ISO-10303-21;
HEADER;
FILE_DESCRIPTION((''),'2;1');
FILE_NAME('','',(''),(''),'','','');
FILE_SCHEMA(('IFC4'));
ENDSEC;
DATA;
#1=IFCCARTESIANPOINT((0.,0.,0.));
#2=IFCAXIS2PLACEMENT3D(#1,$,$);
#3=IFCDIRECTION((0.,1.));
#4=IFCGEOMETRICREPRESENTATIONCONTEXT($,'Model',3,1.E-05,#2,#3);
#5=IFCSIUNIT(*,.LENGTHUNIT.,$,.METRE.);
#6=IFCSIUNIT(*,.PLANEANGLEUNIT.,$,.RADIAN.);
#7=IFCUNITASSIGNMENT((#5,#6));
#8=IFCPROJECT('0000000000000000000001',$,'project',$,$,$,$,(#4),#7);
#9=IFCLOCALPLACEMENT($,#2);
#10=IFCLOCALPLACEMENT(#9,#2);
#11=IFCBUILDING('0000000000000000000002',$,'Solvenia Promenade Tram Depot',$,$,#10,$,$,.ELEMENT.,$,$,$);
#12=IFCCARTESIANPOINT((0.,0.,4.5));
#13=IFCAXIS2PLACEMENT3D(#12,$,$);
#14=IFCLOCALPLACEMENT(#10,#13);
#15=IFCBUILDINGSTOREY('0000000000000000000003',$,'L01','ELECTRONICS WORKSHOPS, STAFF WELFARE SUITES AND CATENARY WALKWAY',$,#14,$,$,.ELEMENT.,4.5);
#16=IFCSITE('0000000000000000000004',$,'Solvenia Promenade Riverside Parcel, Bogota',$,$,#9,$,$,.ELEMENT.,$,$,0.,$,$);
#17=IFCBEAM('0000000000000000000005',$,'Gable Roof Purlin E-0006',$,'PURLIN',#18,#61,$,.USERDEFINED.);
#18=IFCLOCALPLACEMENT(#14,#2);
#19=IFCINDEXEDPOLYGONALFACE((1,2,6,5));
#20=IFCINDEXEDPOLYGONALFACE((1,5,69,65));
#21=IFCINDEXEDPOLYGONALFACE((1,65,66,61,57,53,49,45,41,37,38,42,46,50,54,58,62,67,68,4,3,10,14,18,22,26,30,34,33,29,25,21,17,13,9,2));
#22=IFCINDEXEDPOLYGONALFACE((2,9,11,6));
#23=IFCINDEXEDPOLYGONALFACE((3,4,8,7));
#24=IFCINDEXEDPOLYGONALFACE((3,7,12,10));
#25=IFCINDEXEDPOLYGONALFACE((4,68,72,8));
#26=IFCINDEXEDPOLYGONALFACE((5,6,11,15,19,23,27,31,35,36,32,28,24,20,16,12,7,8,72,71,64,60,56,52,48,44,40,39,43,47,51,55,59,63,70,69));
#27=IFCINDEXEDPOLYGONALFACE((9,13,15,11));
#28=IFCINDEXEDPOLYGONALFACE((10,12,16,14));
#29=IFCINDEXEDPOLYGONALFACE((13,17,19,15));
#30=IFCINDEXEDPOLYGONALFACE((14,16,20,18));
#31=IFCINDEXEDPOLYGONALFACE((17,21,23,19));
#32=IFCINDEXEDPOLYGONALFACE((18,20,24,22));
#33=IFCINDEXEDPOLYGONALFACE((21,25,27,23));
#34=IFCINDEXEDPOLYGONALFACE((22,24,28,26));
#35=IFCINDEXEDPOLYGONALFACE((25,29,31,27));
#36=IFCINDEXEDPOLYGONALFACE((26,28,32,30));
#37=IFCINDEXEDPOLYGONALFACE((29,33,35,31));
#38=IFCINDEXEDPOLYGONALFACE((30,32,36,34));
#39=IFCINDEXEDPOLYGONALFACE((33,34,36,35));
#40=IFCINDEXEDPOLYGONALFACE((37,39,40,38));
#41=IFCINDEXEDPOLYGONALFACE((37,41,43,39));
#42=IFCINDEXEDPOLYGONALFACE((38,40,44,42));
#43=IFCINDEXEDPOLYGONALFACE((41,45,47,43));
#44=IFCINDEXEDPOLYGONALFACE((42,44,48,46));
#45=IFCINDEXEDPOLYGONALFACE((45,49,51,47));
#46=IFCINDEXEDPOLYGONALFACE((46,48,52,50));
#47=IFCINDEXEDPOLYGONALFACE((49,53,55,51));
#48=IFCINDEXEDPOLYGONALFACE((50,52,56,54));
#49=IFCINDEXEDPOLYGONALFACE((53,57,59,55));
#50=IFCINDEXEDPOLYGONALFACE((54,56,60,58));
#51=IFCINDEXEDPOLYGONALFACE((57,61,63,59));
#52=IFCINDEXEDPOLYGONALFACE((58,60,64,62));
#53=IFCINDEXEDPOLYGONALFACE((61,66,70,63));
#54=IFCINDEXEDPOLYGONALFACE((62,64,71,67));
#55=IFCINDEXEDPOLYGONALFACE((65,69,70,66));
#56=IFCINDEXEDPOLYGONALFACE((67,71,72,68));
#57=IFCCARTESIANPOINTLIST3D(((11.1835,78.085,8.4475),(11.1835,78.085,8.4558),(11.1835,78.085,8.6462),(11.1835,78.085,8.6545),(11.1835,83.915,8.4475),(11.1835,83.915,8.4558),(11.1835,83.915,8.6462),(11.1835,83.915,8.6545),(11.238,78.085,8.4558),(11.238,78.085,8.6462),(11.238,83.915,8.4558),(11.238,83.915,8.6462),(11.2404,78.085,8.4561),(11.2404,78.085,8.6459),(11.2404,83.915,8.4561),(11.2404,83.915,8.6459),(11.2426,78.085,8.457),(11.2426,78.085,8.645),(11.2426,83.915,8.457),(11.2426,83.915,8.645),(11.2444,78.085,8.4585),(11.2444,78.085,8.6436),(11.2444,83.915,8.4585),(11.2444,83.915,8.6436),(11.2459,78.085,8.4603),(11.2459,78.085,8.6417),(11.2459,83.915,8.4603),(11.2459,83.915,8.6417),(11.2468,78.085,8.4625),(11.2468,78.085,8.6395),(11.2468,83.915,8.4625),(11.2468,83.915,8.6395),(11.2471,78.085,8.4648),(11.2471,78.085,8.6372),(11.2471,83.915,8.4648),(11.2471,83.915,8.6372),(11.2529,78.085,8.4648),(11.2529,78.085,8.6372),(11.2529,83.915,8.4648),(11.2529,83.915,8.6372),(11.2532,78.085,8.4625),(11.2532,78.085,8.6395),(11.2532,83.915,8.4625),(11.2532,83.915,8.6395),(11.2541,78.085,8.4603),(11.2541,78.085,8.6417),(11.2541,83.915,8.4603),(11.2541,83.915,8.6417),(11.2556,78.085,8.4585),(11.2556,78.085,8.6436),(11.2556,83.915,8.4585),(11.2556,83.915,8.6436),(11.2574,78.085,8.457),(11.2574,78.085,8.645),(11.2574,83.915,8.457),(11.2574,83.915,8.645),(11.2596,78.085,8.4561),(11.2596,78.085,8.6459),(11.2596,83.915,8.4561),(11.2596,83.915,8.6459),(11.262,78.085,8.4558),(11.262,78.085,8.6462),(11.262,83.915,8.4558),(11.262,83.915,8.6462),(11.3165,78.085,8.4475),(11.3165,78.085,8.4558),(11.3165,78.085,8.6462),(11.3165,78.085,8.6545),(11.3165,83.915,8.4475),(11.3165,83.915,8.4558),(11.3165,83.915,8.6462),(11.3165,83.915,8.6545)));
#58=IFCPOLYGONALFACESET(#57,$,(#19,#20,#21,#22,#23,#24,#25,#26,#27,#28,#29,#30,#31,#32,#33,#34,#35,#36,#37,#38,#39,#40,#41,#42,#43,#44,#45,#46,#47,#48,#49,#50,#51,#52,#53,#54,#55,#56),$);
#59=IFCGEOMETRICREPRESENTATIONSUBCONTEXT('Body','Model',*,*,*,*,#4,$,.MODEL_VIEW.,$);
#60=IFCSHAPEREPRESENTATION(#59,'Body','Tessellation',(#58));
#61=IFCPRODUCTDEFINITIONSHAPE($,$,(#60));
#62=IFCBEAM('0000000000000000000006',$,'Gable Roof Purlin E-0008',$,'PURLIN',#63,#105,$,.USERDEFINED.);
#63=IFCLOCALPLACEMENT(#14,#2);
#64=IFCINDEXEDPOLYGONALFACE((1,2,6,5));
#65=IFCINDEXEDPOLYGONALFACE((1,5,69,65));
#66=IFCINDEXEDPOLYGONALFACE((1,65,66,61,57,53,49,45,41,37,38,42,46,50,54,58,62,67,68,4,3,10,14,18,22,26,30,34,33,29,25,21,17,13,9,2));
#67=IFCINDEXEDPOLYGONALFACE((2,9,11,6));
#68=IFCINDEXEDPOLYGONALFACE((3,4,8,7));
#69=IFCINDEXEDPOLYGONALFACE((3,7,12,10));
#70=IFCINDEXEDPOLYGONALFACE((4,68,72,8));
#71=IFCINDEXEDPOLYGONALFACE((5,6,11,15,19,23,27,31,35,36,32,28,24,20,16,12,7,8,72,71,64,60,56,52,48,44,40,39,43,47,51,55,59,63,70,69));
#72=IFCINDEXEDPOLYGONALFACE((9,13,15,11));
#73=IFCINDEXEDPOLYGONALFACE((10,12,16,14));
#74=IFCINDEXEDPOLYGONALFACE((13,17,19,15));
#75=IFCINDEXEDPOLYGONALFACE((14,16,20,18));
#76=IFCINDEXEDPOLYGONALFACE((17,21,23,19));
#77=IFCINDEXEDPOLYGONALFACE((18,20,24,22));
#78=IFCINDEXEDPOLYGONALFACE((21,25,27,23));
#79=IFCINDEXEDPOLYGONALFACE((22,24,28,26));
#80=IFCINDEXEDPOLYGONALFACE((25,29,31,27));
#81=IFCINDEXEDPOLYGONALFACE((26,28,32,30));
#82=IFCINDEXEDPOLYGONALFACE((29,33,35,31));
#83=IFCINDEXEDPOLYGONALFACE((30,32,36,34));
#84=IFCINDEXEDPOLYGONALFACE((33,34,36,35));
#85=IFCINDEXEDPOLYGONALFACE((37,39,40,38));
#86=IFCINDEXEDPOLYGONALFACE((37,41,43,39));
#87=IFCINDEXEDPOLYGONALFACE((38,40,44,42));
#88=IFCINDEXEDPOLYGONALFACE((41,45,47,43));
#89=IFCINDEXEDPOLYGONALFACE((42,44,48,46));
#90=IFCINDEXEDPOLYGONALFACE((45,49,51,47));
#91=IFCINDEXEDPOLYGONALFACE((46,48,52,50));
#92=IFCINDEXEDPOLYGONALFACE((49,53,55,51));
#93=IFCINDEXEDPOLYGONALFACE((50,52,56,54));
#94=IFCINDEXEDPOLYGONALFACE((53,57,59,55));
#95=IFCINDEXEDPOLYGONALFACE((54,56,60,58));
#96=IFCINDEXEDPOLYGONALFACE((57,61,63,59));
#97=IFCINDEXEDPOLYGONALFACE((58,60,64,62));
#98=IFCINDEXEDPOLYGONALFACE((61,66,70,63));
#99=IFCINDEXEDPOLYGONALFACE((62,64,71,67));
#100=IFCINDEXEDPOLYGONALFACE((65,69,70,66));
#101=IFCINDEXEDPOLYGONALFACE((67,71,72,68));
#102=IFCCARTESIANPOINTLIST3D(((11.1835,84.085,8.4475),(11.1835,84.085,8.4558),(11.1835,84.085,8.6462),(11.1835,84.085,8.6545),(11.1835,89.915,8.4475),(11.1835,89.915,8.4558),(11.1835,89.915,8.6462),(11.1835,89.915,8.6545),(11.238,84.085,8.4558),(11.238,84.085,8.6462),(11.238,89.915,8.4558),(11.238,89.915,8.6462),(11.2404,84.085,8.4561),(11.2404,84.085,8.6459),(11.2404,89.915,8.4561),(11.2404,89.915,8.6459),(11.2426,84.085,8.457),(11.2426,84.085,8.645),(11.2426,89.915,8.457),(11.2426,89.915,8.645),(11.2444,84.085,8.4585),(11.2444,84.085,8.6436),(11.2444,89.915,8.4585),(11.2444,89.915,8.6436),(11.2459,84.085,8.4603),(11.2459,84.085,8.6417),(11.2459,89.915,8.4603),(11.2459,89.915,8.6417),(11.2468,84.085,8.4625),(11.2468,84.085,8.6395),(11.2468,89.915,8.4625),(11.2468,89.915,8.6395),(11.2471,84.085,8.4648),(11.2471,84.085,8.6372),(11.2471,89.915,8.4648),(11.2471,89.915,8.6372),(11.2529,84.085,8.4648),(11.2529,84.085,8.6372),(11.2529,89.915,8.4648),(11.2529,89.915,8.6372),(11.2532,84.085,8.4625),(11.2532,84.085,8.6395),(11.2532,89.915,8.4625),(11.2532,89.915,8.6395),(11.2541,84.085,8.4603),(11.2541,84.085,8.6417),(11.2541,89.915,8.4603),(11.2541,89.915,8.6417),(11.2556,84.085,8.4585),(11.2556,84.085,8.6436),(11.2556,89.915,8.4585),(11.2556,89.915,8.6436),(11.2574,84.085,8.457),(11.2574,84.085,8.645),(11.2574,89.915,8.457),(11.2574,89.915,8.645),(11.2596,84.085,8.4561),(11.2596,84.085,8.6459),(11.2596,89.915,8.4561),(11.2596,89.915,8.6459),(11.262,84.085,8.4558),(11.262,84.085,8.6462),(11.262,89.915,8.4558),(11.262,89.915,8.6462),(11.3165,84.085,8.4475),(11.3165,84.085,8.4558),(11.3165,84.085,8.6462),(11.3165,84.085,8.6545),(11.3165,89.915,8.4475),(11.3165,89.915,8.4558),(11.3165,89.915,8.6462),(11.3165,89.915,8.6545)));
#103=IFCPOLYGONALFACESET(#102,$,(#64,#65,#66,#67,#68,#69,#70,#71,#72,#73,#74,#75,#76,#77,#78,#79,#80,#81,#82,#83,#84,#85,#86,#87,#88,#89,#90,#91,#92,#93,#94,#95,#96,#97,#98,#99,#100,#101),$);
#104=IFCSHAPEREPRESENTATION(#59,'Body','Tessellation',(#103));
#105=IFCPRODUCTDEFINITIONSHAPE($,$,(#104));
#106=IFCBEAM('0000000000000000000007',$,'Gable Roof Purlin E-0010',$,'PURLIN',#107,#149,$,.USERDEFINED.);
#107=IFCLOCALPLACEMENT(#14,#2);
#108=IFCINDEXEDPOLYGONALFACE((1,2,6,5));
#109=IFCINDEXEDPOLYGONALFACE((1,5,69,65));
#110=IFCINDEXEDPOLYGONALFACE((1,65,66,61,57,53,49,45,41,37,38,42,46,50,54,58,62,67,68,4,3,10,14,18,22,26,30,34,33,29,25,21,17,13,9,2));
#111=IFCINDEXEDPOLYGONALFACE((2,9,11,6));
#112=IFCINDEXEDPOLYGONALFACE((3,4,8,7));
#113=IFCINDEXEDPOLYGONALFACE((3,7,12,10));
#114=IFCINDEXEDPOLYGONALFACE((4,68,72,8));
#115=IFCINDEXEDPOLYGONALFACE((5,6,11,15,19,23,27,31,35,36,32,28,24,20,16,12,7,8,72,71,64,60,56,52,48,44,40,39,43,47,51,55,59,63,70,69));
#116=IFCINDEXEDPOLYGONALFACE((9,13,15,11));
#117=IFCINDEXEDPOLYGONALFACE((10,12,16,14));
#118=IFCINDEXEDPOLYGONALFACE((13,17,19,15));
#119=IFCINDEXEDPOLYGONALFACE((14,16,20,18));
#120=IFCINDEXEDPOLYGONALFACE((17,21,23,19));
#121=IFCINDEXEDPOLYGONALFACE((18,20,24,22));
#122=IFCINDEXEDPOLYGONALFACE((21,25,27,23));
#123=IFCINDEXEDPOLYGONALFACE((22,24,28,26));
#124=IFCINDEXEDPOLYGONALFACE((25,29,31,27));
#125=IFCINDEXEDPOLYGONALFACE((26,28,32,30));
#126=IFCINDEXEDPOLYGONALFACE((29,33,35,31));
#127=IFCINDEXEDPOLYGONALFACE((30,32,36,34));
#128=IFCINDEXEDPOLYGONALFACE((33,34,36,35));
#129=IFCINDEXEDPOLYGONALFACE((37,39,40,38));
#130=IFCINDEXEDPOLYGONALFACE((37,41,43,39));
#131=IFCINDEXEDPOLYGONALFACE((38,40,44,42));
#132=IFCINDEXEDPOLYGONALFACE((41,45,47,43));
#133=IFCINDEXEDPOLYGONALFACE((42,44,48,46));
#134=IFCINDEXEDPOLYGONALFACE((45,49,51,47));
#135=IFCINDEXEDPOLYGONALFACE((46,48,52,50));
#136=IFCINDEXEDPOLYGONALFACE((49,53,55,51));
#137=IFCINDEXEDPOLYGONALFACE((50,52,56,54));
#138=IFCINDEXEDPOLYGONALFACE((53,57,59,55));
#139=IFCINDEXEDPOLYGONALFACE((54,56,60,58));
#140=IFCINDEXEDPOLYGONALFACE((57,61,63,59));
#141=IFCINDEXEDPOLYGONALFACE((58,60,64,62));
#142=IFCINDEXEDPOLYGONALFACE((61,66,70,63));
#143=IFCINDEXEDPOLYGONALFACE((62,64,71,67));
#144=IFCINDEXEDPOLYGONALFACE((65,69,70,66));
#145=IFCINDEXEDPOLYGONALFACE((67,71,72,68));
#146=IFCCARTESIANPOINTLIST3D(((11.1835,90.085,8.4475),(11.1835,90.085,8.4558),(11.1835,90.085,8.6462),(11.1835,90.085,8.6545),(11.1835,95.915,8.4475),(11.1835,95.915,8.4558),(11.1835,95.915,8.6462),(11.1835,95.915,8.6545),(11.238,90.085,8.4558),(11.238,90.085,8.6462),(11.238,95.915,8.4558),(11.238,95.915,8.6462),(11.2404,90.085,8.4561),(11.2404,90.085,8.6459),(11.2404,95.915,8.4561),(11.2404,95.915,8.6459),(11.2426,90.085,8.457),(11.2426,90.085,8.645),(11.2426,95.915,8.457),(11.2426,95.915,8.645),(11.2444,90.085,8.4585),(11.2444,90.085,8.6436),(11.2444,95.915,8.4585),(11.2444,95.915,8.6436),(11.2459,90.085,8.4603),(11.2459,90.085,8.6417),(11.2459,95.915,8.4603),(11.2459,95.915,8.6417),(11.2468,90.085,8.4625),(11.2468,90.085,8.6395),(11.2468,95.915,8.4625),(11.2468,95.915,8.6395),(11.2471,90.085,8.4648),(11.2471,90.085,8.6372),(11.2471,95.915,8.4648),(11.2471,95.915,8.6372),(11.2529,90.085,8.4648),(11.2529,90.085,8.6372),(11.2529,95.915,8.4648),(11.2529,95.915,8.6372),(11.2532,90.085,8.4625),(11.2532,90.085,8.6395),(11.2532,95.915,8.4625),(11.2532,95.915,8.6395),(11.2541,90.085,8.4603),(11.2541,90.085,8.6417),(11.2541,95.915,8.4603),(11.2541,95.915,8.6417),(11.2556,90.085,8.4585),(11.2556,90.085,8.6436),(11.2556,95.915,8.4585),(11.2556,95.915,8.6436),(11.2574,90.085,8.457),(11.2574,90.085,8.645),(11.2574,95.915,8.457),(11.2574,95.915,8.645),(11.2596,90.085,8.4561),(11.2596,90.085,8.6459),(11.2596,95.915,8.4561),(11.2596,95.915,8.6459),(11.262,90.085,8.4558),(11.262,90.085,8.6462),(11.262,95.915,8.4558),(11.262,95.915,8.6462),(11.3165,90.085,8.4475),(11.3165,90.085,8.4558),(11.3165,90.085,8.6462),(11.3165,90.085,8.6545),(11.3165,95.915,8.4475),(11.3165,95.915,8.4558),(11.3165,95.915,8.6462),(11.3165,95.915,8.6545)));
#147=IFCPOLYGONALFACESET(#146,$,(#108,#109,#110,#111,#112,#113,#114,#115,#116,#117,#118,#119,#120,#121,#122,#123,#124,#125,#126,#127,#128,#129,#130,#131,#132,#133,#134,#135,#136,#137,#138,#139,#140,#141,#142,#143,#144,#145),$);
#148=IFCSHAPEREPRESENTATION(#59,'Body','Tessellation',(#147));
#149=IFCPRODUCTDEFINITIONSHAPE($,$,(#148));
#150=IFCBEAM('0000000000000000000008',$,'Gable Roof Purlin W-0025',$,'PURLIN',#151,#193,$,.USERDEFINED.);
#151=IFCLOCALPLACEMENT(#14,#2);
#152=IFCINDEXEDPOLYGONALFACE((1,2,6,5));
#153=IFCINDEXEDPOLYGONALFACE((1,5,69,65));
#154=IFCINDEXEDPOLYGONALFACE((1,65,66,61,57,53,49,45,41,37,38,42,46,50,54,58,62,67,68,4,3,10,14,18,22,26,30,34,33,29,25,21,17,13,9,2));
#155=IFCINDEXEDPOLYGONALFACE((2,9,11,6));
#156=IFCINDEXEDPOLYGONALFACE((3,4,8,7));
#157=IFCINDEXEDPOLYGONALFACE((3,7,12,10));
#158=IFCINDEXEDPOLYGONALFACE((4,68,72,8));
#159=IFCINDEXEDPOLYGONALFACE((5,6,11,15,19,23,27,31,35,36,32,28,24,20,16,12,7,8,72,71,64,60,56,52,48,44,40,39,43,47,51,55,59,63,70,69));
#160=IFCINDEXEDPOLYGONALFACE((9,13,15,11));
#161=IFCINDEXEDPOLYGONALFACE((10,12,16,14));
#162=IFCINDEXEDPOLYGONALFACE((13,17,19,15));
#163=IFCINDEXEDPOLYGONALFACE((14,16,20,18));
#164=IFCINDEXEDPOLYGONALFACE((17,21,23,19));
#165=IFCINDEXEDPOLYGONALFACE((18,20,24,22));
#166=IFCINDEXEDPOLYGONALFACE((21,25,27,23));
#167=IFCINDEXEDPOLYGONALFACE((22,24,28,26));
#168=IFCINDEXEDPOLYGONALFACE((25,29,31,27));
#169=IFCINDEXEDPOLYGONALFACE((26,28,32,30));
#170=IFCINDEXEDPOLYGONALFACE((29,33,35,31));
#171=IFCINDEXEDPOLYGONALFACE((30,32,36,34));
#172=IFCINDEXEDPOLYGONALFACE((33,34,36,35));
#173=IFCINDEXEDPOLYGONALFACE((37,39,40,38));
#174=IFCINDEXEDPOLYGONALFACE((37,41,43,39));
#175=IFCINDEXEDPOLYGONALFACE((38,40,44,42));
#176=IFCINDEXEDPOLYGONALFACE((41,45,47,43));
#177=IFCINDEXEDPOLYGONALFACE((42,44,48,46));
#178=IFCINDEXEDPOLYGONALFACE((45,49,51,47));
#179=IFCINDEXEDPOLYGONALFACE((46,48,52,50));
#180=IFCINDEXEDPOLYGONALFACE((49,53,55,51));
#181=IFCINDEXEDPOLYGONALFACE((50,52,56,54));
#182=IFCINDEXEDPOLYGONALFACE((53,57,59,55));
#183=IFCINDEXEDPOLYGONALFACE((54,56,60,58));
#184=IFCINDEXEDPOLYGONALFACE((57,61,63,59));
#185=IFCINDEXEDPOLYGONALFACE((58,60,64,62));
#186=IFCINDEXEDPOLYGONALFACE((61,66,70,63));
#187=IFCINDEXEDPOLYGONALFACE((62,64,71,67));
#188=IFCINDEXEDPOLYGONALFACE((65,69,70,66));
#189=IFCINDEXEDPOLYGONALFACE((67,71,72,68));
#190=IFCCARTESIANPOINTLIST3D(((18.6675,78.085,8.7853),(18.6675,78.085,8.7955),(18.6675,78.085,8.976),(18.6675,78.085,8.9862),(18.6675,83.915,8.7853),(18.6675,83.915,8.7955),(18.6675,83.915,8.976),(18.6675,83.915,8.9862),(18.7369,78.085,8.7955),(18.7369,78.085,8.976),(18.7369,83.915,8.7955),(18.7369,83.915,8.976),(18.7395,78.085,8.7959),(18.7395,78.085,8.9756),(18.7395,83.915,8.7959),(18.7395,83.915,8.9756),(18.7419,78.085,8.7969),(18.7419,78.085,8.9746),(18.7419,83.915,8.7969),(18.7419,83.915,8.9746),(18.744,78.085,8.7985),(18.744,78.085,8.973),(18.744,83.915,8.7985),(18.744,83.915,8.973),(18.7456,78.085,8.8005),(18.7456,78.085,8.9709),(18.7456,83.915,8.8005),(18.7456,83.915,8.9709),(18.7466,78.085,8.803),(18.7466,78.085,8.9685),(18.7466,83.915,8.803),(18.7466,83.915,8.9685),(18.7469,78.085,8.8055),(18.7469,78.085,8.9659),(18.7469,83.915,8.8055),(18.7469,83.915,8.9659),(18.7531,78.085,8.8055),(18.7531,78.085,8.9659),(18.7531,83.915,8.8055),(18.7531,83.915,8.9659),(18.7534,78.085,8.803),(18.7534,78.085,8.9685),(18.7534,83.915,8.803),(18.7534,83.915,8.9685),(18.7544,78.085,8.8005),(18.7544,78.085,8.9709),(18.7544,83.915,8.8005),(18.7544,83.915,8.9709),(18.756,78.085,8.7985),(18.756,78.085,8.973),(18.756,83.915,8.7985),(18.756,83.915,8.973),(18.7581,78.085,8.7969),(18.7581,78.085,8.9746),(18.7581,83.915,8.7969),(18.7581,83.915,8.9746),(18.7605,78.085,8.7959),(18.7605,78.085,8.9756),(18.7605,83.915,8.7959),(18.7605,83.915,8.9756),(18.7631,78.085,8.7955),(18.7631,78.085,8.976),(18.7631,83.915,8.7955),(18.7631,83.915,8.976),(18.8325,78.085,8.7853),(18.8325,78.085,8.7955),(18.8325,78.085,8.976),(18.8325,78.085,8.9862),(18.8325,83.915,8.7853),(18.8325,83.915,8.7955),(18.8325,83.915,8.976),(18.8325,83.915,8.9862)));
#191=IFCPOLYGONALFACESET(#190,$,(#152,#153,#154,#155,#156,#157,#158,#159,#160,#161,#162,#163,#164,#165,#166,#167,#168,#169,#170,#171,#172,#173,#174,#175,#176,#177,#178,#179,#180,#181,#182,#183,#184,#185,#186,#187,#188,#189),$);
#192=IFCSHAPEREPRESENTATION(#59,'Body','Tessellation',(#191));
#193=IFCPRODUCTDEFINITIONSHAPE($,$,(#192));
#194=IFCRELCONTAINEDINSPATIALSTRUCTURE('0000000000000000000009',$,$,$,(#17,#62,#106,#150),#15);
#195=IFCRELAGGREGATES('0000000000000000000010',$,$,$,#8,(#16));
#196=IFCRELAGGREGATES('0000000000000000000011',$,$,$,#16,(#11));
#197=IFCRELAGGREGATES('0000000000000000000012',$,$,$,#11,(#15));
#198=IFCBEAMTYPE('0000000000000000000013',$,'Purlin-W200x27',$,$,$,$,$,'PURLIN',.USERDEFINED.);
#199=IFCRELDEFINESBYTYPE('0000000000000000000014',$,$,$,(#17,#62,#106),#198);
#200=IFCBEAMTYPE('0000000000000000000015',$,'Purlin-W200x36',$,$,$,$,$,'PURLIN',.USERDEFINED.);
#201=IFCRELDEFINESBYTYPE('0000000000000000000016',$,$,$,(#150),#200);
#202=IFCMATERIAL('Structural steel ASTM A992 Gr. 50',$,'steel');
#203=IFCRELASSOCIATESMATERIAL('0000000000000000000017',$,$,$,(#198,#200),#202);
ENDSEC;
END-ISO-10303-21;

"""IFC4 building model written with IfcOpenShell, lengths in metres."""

from ifc_helpers import new_model, si_unit, direction, frame, origin, origin_2d, place, context, subcontext, project, spatial, i_section, extrude, material, material_profile, profile_set, type_object, element, save


model = new_model("IFC4")

# Units and contexts
model_context = context("Model", 3, precision=1e-05, world=origin(), true_north=direction((0.0, 1.0)))
body_context = subcontext(model_context, "Body", "Model", "MODEL_VIEW")
ifc_project = project(units=[si_unit("LENGTHUNIT", "METRE"), si_unit("PLANEANGLEUNIT", "RADIAN")], contexts=[model_context])

# Site, building, storey
site_placement = place(None, origin())
site = spatial("IfcSite", under=ifc_project, at=site_placement, Name="Solvenia Promenade Riverside Parcel, Bogota", CompositionType="ELEMENT", RefElevation=0.0)
building_placement = place(site_placement, origin())
building = spatial("IfcBuilding", under=site, at=building_placement, Name="Solvenia Promenade Tram Depot", CompositionType="ELEMENT")
storey_placement = place(building_placement, frame((0.0, 0.0, 4.5)))
storey = spatial("IfcBuildingStorey", under=building, at=storey_placement, Name="L01", Description="ELECTRONICS WORKSHOPS, STAFF WELFARE SUITES AND CATENARY WALKWAY", CompositionType="ELEMENT", Elevation=4.5)

# Beams
ifc_material_1 = material(Name="Structural steel ASTM A992 Gr. 50", Category="steel")
ifc_material_profile_1 = material_profile(ifc_material_1, i_section(OverallWidth=0.1331, OverallDepth=0.207, WebThickness=0.0059, FlangeThickness=0.0083, FilletRadius=0.009, at=origin_2d()), Name="W200x27", Category="steel")
ifc_profile_set_1 = profile_set([ifc_material_profile_1], Name="Structural steel ASTM A992 Gr. 50")
beam_type_1 = type_object("IfcBeamType", Name="Purlin-W200x27", ElementType="PURLIN", PredefinedType="USERDEFINED", material=ifc_profile_set_1)
for number, where, z_axis, x_axis, name in (
    (1, (11.25, 78.085, 8.551), (0.0, 1.0, 0.0), (-1.0, 0.0, 0.0), "Gable Roof Purlin E-0006"),
    (2, (11.25, 84.085, 8.551), (0.0, 1.0, 0.0), (-1.0, 0.0, 0.0), "Gable Roof Purlin E-0008"),
    (3, (11.25, 90.085, 8.551), (0.0, 1.0, 0.0), (-1.0, 0.0, 0.0), "Gable Roof Purlin E-0010"),
):
    element("IfcBeam", number, at=place(storey_placement, frame(where, z_axis=z_axis, x_axis=x_axis)), inside=storey, type_object=beam_type_1, Name=name, ObjectType="PURLIN", PredefinedType="USERDEFINED", context=body_context, shape_type="SweptSolid", body=[
        extrude(i_section(OverallWidth=0.1331, OverallDepth=0.207, WebThickness=0.0059, FlangeThickness=0.0083, FilletRadius=0.009, at=origin_2d()), origin(), (0.0, 0.0, 1.0), 5.8301),
    ])
ifc_material_profile_2 = material_profile(ifc_material_1, i_section(OverallWidth=0.165, OverallDepth=0.2009, WebThickness=0.0061, FlangeThickness=0.0103, FilletRadius=0.01, at=origin_2d()), Name="W200x36", Category="steel")
ifc_profile_set_2 = profile_set([ifc_material_profile_2], Name="Structural steel ASTM A992 Gr. 50")
beam_type_2 = type_object("IfcBeamType", Name="Purlin-W200x36", ElementType="PURLIN", PredefinedType="USERDEFINED", material=ifc_profile_set_2)
for number, where, z_axis, x_axis, name in (
    (4, (18.75, 78.085, 8.8857), (0.0, 1.0, 0.0), (-1.0, 0.0, 0.0), "Gable Roof Purlin W-0025"),
):
    element("IfcBeam", number, at=place(storey_placement, frame(where, z_axis=z_axis, x_axis=x_axis)), inside=storey, type_object=beam_type_2, Name=name, ObjectType="PURLIN", PredefinedType="USERDEFINED", context=body_context, shape_type="SweptSolid", body=[
        extrude(i_section(OverallWidth=0.165, OverallDepth=0.2009, WebThickness=0.0061, FlangeThickness=0.0103, FilletRadius=0.01, at=origin_2d()), origin(), (0.0, 0.0, 1.0), 5.8301),
    ])

save(model, "model.ifc")
